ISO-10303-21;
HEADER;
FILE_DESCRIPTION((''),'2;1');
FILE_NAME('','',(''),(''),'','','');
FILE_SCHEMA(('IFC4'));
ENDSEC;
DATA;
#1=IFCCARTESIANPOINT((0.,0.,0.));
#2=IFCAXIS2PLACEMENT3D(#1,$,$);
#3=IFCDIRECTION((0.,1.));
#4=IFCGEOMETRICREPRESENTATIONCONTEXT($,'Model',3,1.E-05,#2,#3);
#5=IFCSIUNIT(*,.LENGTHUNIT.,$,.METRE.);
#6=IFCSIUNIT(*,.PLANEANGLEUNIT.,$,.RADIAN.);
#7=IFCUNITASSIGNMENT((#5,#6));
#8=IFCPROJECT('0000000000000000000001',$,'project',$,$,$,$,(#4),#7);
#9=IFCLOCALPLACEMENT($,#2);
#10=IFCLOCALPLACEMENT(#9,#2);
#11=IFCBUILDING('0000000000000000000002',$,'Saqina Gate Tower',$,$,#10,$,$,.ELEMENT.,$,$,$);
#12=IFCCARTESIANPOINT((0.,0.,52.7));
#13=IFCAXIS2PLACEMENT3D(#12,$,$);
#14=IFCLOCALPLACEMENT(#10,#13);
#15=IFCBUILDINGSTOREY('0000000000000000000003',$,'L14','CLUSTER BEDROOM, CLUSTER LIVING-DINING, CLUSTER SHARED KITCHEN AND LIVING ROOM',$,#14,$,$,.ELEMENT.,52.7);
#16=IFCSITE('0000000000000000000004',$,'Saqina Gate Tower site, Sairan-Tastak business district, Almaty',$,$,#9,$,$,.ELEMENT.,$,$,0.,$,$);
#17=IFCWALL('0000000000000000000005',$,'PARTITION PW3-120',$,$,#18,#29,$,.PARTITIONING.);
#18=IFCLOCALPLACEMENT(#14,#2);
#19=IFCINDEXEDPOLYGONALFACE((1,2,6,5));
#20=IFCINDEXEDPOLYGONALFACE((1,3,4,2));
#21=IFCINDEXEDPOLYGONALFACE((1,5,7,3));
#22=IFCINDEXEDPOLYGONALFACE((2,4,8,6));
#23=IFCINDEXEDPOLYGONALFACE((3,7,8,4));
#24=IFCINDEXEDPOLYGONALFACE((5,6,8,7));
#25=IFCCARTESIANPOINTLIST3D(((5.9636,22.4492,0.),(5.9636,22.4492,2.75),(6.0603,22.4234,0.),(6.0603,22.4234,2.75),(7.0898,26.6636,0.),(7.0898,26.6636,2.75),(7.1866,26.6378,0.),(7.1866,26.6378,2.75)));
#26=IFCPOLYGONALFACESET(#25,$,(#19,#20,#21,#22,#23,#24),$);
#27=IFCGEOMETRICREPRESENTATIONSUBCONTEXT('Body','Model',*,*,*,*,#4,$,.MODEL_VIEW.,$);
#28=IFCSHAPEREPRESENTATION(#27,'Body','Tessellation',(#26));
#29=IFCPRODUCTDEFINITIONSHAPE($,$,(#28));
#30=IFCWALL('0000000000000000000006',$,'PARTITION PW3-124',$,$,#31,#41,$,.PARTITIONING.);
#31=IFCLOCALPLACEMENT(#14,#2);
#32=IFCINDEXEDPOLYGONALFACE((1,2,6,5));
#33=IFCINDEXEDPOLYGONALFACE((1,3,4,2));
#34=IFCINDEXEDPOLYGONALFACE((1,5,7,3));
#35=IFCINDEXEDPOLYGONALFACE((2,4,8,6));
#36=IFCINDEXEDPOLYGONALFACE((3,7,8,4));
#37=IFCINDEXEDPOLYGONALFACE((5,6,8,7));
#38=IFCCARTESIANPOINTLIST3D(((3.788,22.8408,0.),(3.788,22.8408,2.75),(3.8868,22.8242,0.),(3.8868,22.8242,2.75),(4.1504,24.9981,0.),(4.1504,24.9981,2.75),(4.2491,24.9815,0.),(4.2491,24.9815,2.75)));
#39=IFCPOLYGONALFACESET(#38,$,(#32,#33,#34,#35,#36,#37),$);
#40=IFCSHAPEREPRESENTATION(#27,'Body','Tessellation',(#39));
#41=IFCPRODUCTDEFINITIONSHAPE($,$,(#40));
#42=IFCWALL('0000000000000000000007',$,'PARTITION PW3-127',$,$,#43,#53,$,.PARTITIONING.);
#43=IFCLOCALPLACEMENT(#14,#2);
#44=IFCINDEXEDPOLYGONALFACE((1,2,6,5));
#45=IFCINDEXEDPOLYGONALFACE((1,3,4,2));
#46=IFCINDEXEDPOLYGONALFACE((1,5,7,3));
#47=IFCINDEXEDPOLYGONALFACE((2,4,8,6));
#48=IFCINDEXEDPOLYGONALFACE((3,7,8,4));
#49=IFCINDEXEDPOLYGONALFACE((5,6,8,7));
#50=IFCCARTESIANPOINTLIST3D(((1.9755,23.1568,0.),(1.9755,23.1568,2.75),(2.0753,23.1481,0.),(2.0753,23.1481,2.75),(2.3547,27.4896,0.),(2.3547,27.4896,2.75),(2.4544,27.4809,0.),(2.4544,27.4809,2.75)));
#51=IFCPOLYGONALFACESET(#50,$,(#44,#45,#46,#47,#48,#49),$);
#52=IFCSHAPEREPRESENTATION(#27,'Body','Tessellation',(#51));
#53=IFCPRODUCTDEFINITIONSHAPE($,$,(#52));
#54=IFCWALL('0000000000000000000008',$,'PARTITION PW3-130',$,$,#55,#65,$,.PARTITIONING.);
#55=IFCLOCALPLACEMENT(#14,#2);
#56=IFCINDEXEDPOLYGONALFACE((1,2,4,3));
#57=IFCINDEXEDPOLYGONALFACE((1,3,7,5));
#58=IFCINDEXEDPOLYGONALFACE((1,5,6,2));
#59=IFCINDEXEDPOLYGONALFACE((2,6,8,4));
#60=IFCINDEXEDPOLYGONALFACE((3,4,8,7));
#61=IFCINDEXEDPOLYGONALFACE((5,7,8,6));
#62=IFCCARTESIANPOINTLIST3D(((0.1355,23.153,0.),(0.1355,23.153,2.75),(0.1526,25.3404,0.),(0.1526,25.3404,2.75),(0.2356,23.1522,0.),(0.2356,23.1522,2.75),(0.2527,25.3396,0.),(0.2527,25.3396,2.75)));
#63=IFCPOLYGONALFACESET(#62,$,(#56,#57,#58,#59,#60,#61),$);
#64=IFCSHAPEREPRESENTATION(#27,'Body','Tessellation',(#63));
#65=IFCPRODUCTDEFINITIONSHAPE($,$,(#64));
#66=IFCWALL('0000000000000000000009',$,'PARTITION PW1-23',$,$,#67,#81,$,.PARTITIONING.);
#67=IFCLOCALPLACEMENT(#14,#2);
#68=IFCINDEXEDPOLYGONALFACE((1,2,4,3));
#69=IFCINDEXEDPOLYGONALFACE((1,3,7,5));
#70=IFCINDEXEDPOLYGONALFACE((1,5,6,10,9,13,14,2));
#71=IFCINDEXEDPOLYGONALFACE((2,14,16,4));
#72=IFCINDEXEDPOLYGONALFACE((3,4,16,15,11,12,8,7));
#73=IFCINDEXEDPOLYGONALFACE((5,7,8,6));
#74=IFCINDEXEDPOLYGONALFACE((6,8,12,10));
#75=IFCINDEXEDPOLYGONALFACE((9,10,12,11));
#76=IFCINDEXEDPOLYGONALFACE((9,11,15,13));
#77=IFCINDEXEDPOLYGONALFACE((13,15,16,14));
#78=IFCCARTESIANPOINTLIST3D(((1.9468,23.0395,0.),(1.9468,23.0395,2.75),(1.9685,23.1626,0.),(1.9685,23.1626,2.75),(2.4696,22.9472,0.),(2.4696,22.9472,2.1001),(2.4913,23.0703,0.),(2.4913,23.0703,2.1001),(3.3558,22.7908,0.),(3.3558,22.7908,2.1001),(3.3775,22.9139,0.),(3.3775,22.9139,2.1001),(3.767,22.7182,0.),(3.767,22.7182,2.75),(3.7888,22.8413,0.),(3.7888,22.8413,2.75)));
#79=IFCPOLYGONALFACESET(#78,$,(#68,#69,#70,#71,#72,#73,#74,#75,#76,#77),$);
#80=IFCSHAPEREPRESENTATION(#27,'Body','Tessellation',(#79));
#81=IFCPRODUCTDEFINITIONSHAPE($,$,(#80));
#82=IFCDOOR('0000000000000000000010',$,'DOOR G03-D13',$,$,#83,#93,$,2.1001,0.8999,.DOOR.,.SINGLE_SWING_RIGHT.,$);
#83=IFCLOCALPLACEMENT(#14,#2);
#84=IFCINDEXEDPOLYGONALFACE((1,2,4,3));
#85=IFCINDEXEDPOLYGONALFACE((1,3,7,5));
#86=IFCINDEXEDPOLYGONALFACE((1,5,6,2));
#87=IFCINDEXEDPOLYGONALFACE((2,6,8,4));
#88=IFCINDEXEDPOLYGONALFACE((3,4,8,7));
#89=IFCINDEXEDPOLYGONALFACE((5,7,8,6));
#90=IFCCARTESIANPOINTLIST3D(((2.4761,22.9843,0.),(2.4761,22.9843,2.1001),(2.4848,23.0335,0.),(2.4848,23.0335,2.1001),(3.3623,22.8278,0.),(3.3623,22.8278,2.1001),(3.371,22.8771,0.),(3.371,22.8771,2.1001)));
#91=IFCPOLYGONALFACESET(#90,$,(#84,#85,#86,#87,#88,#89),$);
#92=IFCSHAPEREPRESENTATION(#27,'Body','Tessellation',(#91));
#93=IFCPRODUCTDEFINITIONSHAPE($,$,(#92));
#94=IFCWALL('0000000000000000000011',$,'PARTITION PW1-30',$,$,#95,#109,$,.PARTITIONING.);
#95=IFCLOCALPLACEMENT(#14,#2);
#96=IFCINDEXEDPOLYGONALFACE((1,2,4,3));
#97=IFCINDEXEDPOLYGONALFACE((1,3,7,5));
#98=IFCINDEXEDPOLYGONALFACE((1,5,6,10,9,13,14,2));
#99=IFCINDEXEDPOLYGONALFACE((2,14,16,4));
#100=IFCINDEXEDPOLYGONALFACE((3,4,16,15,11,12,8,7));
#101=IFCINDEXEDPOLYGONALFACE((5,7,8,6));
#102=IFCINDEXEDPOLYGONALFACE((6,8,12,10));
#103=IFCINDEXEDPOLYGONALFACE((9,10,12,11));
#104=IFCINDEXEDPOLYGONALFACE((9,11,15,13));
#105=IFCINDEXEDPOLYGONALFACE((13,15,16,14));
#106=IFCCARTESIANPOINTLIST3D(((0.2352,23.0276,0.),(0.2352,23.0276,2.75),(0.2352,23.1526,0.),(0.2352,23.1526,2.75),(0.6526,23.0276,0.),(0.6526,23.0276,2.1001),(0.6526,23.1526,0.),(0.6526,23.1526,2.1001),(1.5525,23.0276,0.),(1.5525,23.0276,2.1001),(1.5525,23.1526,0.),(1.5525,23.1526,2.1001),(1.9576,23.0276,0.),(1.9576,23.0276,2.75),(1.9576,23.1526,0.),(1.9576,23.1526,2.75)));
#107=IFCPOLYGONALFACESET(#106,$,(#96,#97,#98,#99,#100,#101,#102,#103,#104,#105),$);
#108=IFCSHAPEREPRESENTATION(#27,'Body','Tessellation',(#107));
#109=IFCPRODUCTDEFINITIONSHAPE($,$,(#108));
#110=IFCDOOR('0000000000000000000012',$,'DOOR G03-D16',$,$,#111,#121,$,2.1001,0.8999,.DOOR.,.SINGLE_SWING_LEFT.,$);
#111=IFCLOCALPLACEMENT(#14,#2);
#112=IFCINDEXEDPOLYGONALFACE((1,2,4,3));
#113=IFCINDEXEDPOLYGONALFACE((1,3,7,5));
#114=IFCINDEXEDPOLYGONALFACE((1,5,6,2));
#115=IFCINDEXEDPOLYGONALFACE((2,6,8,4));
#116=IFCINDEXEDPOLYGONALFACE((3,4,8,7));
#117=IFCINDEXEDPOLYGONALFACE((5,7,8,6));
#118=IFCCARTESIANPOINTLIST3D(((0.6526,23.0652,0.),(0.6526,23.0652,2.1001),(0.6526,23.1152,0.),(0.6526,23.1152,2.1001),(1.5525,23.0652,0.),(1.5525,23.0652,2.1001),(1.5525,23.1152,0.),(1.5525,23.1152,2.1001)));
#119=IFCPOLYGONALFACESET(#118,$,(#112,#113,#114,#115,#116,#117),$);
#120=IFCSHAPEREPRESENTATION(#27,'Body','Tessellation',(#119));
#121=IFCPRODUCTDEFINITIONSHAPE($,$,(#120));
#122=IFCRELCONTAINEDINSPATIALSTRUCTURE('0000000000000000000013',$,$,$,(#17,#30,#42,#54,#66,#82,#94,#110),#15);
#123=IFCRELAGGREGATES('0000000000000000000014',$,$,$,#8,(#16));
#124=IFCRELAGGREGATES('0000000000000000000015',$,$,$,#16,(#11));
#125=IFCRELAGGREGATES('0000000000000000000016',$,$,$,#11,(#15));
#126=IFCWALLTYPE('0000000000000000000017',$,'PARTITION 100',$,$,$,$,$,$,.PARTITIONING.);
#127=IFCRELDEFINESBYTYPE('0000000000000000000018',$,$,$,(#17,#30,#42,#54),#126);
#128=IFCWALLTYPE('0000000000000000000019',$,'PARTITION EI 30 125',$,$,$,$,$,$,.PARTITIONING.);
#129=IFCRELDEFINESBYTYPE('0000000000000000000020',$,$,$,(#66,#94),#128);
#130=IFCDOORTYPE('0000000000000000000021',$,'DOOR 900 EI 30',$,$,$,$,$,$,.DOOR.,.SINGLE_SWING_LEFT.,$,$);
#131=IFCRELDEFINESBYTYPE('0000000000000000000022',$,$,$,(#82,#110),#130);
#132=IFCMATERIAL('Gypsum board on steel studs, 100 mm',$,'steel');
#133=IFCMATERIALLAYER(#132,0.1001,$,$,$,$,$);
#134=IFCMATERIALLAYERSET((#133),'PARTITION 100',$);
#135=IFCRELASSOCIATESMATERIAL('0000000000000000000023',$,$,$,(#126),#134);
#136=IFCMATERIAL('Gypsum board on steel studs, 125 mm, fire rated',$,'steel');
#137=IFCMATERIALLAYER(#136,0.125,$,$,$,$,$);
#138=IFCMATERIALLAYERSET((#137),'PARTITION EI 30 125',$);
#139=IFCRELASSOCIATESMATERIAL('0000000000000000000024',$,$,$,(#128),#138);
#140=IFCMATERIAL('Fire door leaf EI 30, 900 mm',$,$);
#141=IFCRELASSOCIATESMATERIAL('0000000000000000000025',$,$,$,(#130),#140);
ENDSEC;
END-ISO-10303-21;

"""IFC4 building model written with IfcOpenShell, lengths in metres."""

from ifc_helpers import new_model, si_unit, direction, frame, frame_2d, origin, place, context, subcontext, project, spatial, rectangle, extrude, material, layer, layer_set, type_object, element, fill, save


model = new_model("IFC4")

# Units and contexts
model_context = context("Model", 3, precision=1e-05, world=origin(), true_north=direction((0.0, 1.0)))
body_context = subcontext(model_context, "Body", "Model", "MODEL_VIEW")
ifc_project = project(units=[si_unit("LENGTHUNIT", "METRE"), si_unit("PLANEANGLEUNIT", "RADIAN")], contexts=[model_context])

# Site, building, storey
site_placement = place(None, origin())
site = spatial("IfcSite", under=ifc_project, at=site_placement, Name="Saqina Gate Tower site, Sairan-Tastak business district, Almaty", CompositionType="ELEMENT", RefElevation=0.0)
building_placement = place(site_placement, origin())
building = spatial("IfcBuilding", under=site, at=building_placement, Name="Saqina Gate Tower", CompositionType="ELEMENT")
storey_placement = place(building_placement, frame((0.0, 0.0, 52.7)))
storey = spatial("IfcBuildingStorey", under=building, at=storey_placement, Name="L14", Description="CLUSTER BEDROOM, CLUSTER LIVING-DINING, CLUSTER SHARED KITCHEN AND LIVING ROOM", CompositionType="ELEMENT", Elevation=52.7)

# Shared definitions
ifc_material_1 = material(Name="Gypsum board on steel studs, 100 mm", Category="steel")
ifc_layer_1 = layer(ifc_material_1, 0.1001)
ifc_layer_set_1 = layer_set([ifc_layer_1], Name="PARTITION 100")
wall_type_1 = type_object("IfcWallType", Name="PARTITION 100", PredefinedType="PARTITIONING", material=ifc_layer_set_1)

# Walls
wall_1_placement = place(storey_placement, frame((6.012, 22.4363, 0.0), z_axis=(0.0, 0.0, 1.0), x_axis=(0.258175, 0.966098, 0.0)))
element("IfcWall", 1, at=wall_1_placement, inside=storey, type_object=wall_type_1, Name="PARTITION PW3-120", PredefinedType="PARTITIONING", context=body_context, shape_type="SweptSolid", body=[
    extrude(rectangle(XDim=4.3623, YDim=0.1001, at=frame_2d((2.1812, 0.0))), origin(), (0.0, 0.0, 1.0), 2.75),
])
wall_2_placement = place(storey_placement, frame((3.8374, 22.8325, 0.0), z_axis=(0.0, 0.0, 1.0), x_axis=(0.16563, 0.986188, 0.0)))
element("IfcWall", 2, at=wall_2_placement, inside=storey, type_object=wall_type_1, Name="PARTITION PW3-124", PredefinedType="PARTITIONING", context=body_context, shape_type="SweptSolid", body=[
    extrude(rectangle(XDim=2.1875, YDim=0.1001, at=frame_2d((1.0938, 0.0))), origin(), (0.0, 0.0, 1.0), 2.75),
])
wall_3_placement = place(storey_placement, frame((2.0254, 23.1523, 0.0), z_axis=(0.0, 0.0, 1.0), x_axis=(0.087175, 0.996193, 0.0)))
element("IfcWall", 3, at=wall_3_placement, inside=storey, type_object=wall_type_1, Name="PARTITION PW3-127", PredefinedType="PARTITIONING", context=body_context, shape_type="SweptSolid", body=[
    extrude(rectangle(XDim=4.3494, YDim=0.1001, at=frame_2d((2.1748, 0.0))), origin(), (0.0, 0.0, 1.0), 2.75),
])
wall_4_placement = place(storey_placement, frame((0.1855, 23.1526, 0.0), z_axis=(0.0, 0.0, 1.0), x_axis=(0.007812, 0.999969, 0.0)))
element("IfcWall", 4, at=wall_4_placement, inside=storey, type_object=wall_type_1, Name="PARTITION PW3-130", PredefinedType="PARTITIONING", context=body_context, shape_type="SweptSolid", body=[
    extrude(rectangle(XDim=2.1875, YDim=0.1001, at=frame_2d((1.0938, 0.0))), origin(), (0.0, 0.0, 1.0), 2.75),
])

# Walls, openings, doors
ifc_material_2 = material(Name="Gypsum board on steel studs, 125 mm, fire rated", Category="steel")
ifc_layer_2 = layer(ifc_material_2, 0.125)
ifc_layer_set_2 = layer_set([ifc_layer_2], Name="PARTITION EI 30 125")
wall_type_2 = type_object("IfcWallType", Name="PARTITION EI 30 125", PredefinedType="PARTITIONING", material=ifc_layer_set_2)
wall_5_placement = place(storey_placement, frame((1.9575, 23.1011, 0.0), z_axis=(0.0, 0.0, 1.0), x_axis=(0.984778, -0.173815, 0.0)))
wall_5 = element("IfcWall", 5, at=wall_5_placement, inside=storey, type_object=wall_type_2, Name="PARTITION PW1-23", PredefinedType="PARTITIONING", context=body_context, shape_type="SweptSolid", body=[
    extrude(rectangle(XDim=1.8484, YDim=0.125, at=frame_2d((0.9243, 0.0))), origin(), (0.0, 0.0, 1.0), 2.75),
])
opening_1_placement = place(wall_5_placement, frame((0.531, 0.0, 0.0)))
opening_1 = element("IfcOpeningElement", 6, at=opening_1_placement, cuts=wall_5, PredefinedType="OPENING", context=body_context, shape_type="SweptSolid", body=[
    extrude(rectangle(XDim=0.8999, YDim=2.1001, at=frame_2d((0.45, 1.05))), frame((0.0, 0.0745, 0.0), z_axis=(0.0, -1.0, 0.0), x_axis=(1.0, 0.0, 0.0)), (0.0, 0.0, 1.0), 0.1489),
])
ifc_material_3 = material(Name="Fire door leaf EI 30, 900 mm")
door_type_1 = type_object("IfcDoorType", Name="DOOR 900 EI 30", OperationType="SINGLE_SWING_LEFT", PredefinedType="DOOR", material=ifc_material_3)
door_1_placement = place(opening_1_placement, frame((0.8999, 0.0, 0.0), z_axis=(0.0, 0.0, 1.0), x_axis=(-1.0, 0.0, 0.0)))
door_1 = element("IfcDoor", 7, at=door_1_placement, inside=storey, type_object=door_type_1, Name="DOOR G03-D13", OperationType="SINGLE_SWING_RIGHT", OverallHeight=2.1001, OverallWidth=0.8999, PredefinedType="DOOR", context=body_context, shape_type="SweptSolid", body=[
    extrude(rectangle(XDim=0.8999, YDim=2.1001, at=frame_2d((0.45, 1.05))), frame((0.0, 0.0249, 0.0), z_axis=(0.0, -1.0, 0.0), x_axis=(1.0, 0.0, 0.0)), (0.0, 0.0, 1.0), 0.05),
])
fill(opening_1, door_1)
wall_6_placement = place(storey_placement, frame((0.2351, 23.0901, 0.0), z_axis=(0.0, 0.0, 1.0), x_axis=(1.0, 0.0, 0.0)))
wall_6 = element("IfcWall", 8, at=wall_6_placement, inside=storey, type_object=wall_type_2, Name="PARTITION PW1-30", PredefinedType="PARTITIONING", context=body_context, shape_type="SweptSolid", body=[
    extrude(rectangle(XDim=1.7224, YDim=0.125, at=frame_2d((0.8613, 0.0))), origin(), (0.0, 0.0, 1.0), 2.75),
])
opening_2_placement = place(wall_6_placement, frame((0.4175, 0.0, 0.0)))
opening_2 = element("IfcOpeningElement", 9, at=opening_2_placement, cuts=wall_6, PredefinedType="OPENING", context=body_context, shape_type="SweptSolid", body=[
    extrude(rectangle(XDim=0.8999, YDim=2.1001, at=frame_2d((0.45, 1.05))), frame((0.0, 0.0745, 0.0), z_axis=(0.0, -1.0, 0.0), x_axis=(1.0, 0.0, 0.0)), (0.0, 0.0, 1.0), 0.1489),
])
door_2_placement = place(opening_2_placement, frame((0.8999, 0.0, 0.0), z_axis=(0.0, 0.0, 1.0), x_axis=(-1.0, 0.0, 0.0)))
door_2 = element("IfcDoor", 10, at=door_2_placement, inside=storey, type_object=door_type_1, Name="DOOR G03-D16", OperationType="SINGLE_SWING_LEFT", OverallHeight=2.1001, OverallWidth=0.8999, PredefinedType="DOOR", context=body_context, shape_type="SweptSolid", body=[
    extrude(rectangle(XDim=0.8999, YDim=2.1001, at=frame_2d((0.45, 1.05))), frame((0.0, 0.0249, 0.0), z_axis=(0.0, -1.0, 0.0), x_axis=(1.0, 0.0, 0.0)), (0.0, 0.0, 1.0), 0.05),
])
fill(opening_2, door_2)

save(model, "model.ifc")
